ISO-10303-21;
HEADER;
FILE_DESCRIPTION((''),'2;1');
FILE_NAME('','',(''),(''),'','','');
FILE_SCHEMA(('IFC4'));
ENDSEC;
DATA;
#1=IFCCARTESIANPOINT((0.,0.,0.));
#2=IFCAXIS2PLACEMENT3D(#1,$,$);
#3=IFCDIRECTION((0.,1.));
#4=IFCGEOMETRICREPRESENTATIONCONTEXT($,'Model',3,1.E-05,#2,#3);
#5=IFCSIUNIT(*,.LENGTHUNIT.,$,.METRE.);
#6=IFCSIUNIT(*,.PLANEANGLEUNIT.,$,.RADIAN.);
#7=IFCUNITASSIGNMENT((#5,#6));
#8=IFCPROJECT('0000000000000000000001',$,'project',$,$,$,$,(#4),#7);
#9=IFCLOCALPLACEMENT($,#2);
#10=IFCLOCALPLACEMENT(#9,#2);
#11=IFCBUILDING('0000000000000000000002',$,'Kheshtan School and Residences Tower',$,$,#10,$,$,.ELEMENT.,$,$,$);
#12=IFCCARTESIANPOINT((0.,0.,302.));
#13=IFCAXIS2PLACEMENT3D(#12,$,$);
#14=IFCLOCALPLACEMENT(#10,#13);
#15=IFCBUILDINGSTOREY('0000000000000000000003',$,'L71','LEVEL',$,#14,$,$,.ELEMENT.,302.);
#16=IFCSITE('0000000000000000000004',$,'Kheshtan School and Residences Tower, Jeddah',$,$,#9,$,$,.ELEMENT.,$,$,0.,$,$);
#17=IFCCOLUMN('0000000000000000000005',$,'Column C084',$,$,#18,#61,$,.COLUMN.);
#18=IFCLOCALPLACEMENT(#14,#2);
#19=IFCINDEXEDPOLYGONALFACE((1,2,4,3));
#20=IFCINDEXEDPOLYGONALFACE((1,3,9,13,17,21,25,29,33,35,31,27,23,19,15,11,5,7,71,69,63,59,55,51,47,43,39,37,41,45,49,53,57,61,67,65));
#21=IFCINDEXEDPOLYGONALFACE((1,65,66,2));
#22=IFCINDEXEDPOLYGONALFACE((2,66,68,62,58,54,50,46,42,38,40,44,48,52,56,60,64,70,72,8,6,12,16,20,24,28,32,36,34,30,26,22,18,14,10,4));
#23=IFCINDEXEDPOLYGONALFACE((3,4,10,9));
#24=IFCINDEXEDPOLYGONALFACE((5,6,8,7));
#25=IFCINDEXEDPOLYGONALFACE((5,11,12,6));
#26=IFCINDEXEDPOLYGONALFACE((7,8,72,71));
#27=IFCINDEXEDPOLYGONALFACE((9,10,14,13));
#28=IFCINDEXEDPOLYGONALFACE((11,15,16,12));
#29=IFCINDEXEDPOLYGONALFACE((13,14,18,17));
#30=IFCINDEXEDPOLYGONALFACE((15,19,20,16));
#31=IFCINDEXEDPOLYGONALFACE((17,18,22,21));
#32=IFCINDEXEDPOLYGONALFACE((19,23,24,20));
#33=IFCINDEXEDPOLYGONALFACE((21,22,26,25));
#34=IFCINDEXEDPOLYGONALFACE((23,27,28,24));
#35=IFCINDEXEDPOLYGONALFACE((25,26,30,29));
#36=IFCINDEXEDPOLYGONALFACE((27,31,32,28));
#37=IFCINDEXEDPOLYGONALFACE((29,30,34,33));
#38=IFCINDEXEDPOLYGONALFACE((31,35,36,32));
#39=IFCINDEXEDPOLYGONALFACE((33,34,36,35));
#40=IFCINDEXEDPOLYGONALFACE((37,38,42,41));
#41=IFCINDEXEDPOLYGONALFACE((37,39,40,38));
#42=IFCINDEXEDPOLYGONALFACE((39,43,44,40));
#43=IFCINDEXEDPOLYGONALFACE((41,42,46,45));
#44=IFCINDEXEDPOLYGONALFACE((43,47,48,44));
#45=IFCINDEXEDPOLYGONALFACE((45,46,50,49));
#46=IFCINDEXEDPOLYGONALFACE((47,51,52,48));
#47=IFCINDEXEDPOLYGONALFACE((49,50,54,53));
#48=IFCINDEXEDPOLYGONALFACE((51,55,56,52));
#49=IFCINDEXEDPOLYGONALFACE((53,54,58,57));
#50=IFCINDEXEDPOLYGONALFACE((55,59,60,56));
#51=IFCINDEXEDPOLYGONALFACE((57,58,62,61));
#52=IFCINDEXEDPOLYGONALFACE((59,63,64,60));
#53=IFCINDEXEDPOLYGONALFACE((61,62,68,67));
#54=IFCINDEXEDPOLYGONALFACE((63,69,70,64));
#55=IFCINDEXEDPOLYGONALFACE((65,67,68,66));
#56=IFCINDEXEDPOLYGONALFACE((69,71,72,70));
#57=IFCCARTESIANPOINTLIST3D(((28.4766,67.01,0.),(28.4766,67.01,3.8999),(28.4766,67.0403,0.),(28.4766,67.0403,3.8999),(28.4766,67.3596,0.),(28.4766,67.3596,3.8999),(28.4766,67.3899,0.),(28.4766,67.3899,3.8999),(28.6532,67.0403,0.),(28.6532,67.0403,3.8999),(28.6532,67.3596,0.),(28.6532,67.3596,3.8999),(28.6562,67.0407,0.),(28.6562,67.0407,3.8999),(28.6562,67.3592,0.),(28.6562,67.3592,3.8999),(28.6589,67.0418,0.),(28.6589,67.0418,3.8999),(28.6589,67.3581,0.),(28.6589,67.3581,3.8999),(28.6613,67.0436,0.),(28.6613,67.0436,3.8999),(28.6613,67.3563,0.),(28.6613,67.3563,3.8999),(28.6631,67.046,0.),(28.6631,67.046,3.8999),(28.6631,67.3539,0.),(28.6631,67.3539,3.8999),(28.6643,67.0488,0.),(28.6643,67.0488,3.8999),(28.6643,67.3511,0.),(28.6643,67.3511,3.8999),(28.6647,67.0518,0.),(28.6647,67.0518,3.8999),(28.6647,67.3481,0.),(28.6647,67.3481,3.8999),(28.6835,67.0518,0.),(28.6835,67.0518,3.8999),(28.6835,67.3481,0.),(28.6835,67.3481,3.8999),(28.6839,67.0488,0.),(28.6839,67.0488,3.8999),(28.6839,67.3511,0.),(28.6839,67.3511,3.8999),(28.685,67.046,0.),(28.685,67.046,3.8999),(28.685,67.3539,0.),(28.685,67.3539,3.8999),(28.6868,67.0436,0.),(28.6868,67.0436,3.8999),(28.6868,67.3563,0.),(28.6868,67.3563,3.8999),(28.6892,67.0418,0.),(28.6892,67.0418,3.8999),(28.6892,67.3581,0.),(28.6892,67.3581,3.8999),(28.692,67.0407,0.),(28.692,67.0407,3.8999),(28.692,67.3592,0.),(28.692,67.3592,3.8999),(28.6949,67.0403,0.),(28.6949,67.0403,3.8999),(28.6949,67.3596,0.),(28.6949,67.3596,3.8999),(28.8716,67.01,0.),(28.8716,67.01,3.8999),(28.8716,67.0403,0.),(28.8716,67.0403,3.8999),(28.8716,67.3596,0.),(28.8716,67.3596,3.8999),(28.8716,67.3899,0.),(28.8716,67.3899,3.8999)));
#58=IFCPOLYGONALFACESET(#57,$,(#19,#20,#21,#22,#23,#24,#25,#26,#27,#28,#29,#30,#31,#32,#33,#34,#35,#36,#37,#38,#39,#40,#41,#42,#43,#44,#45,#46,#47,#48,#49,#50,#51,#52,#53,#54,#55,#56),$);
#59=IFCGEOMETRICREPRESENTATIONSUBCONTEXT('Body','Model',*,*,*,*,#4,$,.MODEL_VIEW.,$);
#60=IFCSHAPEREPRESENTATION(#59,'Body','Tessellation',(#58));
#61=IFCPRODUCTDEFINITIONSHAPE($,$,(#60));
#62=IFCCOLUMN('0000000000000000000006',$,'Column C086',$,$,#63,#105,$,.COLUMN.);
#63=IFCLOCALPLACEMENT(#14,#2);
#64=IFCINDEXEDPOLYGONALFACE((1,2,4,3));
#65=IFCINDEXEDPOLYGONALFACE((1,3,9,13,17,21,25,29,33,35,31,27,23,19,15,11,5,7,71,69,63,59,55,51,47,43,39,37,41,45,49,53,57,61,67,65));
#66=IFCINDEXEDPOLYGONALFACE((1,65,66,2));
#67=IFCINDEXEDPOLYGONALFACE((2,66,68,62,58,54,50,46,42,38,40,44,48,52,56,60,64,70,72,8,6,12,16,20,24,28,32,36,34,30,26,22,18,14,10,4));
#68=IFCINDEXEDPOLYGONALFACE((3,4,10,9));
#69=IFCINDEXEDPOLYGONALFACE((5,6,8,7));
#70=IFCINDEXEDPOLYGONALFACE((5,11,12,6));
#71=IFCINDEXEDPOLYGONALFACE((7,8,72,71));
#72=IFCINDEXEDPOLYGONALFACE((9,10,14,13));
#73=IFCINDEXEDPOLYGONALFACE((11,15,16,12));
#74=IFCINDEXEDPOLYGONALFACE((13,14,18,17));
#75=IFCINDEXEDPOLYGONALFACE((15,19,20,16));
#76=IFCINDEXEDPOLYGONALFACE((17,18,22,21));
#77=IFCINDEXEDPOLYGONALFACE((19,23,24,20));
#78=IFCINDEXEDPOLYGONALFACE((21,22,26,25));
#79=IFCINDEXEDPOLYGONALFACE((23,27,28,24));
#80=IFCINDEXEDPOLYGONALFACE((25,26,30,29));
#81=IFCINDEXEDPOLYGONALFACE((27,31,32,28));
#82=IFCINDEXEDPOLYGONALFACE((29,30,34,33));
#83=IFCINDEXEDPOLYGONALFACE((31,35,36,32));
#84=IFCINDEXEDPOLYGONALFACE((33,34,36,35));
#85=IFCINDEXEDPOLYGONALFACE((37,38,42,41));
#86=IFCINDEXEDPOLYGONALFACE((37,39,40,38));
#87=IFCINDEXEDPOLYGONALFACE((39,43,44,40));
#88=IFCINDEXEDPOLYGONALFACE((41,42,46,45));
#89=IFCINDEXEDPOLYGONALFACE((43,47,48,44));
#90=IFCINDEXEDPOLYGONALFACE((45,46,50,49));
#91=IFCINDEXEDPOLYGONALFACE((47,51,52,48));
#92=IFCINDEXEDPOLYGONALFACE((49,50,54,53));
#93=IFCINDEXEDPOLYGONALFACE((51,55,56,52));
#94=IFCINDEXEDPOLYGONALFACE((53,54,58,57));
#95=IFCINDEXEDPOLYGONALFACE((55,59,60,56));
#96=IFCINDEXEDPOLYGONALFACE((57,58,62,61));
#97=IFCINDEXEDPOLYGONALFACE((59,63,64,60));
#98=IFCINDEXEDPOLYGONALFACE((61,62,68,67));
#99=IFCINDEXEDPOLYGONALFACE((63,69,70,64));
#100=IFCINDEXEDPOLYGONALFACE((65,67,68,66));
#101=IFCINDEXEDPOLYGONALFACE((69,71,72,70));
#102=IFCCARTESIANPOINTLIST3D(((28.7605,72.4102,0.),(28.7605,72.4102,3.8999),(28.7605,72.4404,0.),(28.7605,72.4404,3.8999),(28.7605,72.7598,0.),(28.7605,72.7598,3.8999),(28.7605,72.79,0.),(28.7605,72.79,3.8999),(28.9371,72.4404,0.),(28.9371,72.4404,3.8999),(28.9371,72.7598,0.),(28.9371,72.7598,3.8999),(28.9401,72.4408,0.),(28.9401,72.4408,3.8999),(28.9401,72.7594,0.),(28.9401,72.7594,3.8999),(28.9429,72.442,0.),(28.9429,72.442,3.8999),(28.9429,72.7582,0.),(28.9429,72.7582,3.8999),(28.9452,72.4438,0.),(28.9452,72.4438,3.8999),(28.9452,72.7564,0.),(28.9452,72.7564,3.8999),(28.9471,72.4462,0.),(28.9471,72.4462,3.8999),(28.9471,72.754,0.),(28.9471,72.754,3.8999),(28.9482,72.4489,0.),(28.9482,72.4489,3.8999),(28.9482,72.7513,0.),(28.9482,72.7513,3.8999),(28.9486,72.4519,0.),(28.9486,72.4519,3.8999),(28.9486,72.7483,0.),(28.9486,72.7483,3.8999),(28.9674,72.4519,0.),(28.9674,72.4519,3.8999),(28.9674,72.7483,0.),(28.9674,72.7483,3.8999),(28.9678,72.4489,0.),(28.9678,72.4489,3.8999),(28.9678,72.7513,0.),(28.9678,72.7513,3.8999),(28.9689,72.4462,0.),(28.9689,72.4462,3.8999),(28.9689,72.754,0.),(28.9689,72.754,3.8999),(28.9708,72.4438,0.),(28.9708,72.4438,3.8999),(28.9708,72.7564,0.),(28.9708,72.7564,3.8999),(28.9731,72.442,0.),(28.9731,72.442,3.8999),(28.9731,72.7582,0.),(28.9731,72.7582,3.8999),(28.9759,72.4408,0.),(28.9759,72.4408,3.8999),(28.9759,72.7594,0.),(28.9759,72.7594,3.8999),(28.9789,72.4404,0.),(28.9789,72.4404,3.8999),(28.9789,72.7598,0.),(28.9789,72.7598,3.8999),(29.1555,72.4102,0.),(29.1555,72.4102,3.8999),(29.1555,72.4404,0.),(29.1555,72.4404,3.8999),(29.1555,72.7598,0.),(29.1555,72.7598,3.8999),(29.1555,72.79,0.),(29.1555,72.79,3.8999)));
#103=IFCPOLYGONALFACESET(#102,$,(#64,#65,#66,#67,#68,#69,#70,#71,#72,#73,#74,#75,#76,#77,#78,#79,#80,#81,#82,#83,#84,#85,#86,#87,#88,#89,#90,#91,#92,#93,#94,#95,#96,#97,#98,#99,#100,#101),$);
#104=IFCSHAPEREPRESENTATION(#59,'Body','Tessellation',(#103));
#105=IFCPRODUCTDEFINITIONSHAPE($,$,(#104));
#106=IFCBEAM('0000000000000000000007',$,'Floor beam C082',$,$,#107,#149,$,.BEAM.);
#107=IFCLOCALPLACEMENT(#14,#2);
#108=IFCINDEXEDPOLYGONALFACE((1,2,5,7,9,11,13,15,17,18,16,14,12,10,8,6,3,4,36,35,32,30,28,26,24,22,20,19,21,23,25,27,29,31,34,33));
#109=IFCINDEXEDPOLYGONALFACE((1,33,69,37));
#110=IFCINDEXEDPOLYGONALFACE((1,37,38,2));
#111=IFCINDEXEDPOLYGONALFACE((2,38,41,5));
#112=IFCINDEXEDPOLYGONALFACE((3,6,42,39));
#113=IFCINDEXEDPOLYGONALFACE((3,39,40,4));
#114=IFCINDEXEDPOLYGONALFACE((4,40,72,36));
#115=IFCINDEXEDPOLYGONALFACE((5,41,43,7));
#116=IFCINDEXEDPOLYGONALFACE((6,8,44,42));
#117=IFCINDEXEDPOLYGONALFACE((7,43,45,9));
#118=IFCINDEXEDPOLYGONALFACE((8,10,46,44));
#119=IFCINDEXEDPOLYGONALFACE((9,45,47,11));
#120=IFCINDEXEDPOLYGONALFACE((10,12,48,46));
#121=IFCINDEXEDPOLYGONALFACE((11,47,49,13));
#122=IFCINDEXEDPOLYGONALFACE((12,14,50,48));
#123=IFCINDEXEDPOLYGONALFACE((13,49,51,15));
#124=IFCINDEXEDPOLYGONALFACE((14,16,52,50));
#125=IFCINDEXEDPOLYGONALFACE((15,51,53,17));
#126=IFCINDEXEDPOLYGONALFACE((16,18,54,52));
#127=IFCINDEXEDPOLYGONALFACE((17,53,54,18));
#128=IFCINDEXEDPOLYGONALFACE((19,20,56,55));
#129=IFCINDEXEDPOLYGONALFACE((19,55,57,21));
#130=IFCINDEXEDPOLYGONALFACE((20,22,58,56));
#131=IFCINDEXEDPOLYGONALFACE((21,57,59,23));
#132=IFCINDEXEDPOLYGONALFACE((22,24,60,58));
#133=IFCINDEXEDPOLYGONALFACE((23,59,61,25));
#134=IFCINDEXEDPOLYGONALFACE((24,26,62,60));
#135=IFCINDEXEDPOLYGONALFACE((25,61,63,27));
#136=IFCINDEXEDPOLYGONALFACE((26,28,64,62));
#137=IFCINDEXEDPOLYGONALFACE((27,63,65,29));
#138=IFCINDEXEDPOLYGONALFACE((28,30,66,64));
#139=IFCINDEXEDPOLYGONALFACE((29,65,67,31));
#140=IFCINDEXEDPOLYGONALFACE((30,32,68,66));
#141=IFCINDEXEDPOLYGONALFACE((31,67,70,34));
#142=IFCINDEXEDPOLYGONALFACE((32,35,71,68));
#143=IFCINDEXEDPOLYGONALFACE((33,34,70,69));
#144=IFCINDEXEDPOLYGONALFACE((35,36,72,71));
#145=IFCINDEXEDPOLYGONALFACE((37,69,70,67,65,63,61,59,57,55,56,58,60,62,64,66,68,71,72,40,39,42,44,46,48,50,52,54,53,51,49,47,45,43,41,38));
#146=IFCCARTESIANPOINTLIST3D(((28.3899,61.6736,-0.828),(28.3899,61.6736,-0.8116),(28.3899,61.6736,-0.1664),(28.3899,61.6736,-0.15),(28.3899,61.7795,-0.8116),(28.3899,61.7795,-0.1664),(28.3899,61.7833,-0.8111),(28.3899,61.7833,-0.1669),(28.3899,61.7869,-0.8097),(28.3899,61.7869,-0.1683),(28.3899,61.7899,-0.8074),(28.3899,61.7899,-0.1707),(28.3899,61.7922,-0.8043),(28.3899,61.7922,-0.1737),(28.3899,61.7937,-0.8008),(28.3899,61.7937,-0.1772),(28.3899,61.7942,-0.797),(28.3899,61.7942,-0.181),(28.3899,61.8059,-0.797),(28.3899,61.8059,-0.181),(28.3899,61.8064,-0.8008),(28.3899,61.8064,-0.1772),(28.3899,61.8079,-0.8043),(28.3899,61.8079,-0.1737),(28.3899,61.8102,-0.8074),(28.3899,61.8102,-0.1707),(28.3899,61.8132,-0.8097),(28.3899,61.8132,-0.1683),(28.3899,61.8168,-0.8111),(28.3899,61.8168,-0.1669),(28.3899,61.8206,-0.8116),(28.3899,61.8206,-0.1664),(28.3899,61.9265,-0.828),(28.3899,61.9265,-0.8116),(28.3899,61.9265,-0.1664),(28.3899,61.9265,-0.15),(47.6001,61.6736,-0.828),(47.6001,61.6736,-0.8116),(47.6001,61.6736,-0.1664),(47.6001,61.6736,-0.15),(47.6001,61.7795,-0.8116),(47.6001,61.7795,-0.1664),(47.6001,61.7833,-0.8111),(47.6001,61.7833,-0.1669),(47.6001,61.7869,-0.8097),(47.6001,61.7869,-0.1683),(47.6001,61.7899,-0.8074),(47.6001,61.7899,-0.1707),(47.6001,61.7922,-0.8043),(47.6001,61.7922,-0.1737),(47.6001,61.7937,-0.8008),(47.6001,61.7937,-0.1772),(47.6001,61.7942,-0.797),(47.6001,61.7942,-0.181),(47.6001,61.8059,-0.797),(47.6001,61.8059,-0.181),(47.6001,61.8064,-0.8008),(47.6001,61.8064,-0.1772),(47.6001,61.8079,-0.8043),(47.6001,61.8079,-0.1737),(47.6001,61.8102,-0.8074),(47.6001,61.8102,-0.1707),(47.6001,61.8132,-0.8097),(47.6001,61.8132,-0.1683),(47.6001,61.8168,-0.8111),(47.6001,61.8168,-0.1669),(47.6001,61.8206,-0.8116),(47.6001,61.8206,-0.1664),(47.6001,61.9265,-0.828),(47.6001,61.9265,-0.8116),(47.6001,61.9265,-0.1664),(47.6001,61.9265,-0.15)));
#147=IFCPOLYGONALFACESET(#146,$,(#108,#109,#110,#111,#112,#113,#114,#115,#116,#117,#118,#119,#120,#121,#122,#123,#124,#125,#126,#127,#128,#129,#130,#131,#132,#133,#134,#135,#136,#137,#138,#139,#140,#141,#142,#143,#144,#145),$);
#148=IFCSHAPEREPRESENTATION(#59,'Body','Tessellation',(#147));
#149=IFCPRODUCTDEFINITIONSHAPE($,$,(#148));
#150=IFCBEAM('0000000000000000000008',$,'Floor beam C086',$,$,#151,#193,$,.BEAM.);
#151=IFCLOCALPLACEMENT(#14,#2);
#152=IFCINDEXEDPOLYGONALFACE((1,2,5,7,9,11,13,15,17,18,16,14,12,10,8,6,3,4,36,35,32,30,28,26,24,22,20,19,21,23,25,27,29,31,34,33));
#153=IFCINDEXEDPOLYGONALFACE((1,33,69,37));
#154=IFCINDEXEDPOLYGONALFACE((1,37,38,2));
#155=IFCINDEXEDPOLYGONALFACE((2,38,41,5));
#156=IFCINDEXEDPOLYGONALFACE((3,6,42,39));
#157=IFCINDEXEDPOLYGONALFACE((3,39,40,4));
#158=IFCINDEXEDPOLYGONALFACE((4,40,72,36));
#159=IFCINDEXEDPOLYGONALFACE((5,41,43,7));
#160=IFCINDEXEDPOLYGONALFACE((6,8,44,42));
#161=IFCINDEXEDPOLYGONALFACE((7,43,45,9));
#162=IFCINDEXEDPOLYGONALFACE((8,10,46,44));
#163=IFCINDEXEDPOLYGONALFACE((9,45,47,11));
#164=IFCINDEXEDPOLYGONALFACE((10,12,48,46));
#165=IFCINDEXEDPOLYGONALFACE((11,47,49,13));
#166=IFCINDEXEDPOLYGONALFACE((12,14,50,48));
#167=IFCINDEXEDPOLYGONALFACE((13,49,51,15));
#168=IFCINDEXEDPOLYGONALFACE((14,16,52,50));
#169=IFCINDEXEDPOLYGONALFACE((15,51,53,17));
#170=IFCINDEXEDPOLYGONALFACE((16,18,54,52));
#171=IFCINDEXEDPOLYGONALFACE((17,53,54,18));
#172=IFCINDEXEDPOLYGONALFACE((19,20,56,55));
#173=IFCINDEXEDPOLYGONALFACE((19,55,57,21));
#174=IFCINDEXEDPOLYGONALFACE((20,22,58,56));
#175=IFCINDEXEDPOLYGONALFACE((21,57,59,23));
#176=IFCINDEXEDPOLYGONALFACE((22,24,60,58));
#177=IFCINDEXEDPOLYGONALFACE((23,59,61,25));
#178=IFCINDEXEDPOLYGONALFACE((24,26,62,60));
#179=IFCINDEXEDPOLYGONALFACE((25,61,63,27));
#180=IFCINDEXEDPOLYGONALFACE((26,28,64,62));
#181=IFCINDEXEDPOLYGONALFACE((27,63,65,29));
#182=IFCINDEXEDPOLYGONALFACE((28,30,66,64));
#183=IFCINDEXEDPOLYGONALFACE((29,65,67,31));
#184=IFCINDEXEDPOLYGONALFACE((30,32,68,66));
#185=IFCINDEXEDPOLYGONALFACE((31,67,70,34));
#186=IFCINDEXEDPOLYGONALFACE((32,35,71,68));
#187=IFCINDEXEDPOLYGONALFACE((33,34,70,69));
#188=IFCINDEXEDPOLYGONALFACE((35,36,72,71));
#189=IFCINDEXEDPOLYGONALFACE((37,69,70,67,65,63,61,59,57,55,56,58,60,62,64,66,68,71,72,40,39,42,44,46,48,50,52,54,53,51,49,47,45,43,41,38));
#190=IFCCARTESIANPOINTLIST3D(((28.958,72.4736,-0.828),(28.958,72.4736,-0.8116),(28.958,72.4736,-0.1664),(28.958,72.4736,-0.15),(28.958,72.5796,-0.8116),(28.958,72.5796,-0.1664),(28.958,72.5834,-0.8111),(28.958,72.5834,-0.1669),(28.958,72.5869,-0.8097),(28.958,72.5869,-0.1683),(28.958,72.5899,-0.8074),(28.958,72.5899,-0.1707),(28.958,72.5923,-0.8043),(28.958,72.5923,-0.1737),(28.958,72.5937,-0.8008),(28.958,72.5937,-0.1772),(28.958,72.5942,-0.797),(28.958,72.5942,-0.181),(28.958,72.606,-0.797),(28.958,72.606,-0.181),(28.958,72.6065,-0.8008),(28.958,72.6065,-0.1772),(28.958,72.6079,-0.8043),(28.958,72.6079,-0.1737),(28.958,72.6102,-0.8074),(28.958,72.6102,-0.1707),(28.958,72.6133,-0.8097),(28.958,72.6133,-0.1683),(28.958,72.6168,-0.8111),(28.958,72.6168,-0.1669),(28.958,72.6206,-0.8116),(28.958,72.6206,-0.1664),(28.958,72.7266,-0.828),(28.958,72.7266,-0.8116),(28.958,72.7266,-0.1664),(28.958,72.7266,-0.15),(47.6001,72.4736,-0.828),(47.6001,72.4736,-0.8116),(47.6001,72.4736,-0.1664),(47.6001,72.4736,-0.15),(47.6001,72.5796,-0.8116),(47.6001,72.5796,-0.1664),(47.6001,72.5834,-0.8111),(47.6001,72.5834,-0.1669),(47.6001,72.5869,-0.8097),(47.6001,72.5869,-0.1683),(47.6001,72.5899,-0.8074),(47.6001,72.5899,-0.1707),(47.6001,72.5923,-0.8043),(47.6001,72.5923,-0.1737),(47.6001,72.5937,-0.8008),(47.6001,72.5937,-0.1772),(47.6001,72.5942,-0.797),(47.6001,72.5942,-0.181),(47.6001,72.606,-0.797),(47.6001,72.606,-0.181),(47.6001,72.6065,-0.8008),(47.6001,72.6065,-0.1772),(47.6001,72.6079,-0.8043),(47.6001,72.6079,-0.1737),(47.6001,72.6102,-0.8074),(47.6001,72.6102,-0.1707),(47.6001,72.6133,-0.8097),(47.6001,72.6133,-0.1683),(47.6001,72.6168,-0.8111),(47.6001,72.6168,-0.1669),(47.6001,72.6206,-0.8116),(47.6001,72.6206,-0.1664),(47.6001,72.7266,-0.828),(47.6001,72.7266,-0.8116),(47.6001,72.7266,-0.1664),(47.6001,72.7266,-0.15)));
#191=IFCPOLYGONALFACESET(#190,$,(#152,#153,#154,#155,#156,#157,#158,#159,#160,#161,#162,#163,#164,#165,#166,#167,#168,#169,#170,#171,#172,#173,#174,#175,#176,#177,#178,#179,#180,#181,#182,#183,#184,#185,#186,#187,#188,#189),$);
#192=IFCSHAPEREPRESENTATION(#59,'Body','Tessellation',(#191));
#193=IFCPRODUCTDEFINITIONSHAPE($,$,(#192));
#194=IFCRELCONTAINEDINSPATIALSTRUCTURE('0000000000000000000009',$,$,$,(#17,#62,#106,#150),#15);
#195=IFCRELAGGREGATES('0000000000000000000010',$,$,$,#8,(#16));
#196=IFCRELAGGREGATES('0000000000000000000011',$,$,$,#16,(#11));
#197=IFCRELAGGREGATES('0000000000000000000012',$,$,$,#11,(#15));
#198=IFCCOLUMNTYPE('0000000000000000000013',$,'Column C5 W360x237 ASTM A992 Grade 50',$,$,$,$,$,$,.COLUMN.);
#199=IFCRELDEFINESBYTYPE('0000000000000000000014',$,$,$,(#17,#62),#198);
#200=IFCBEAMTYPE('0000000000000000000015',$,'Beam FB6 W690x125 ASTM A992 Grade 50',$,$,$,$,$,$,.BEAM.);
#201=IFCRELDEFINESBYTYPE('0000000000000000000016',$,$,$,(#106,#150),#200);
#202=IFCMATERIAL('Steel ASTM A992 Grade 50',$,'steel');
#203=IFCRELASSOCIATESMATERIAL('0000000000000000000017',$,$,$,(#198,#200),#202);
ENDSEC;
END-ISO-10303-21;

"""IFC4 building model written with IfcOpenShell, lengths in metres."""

from ifc_helpers import new_model, si_unit, direction, frame, origin, origin_2d, place, context, subcontext, project, spatial, i_section, extrude, material, material_profile, profile_set, type_object, element, save


model = new_model("IFC4")

# Units and contexts
model_context = context("Model", 3, precision=1e-05, world=origin(), true_north=direction((0.0, 1.0)))
body_context = subcontext(model_context, "Body", "Model", "MODEL_VIEW")
ifc_project = project(units=[si_unit("LENGTHUNIT", "METRE"), si_unit("PLANEANGLEUNIT", "RADIAN")], contexts=[model_context])

# Site, building, storey
site_placement = place(None, origin())
site = spatial("IfcSite", under=ifc_project, at=site_placement, Name="Kheshtan School and Residences Tower, Jeddah", CompositionType="ELEMENT", RefElevation=0.0)
building_placement = place(site_placement, origin())
building = spatial("IfcBuilding", under=site, at=building_placement, Name="Kheshtan School and Residences Tower", CompositionType="ELEMENT")
storey_placement = place(building_placement, frame((0.0, 0.0, 302.0)))
storey = spatial("IfcBuildingStorey", under=building, at=storey_placement, Name="L71", Description="LEVEL", CompositionType="ELEMENT", Elevation=302.0)

# Columns
ifc_material_1 = material(Name="Steel ASTM A992 Grade 50", Category="steel")
ifc_material_profile_1 = material_profile(ifc_material_1, i_section(OverallWidth=0.395, OverallDepth=0.3799, WebThickness=0.0188, FlangeThickness=0.0303, FilletRadius=0.0115, at=origin_2d()), Name="W360x237")
ifc_profile_set_1 = profile_set([ifc_material_profile_1], Name="Steel ASTM A992 Grade 50")
column_type = type_object("IfcColumnType", Name="Column C5 W360x237 ASTM A992 Grade 50", PredefinedType="COLUMN", material=ifc_profile_set_1)
for number, where, z_axis, x_axis, name in (
    (1, (28.6741, 67.2, 0.0), (0.0, 0.0, 1.0), (1.0, 0.0, 0.0), "Column C084"),
    (2, (28.958, 72.6001, 0.0), (0.0, 0.0, 1.0), (1.0, 0.0, 0.0), "Column C086"),
):
    element("IfcColumn", number, at=place(storey_placement, frame(where, z_axis=z_axis, x_axis=x_axis)), inside=storey, type_object=column_type, Name=name, PredefinedType="COLUMN", context=body_context, shape_type="SweptSolid", body=[
        extrude(i_section(OverallWidth=0.395, OverallDepth=0.3799, WebThickness=0.0188, FlangeThickness=0.0303, FilletRadius=0.0115, at=origin_2d()), origin(), (0.0, 0.0, 1.0), 3.8999),
    ])

# Beams
ifc_material_profile_2 = material_profile(ifc_material_1, i_section(OverallWidth=0.2529, OverallDepth=0.678, WebThickness=0.0117, FlangeThickness=0.0164, FilletRadius=0.0146, at=origin_2d()), Name="W690x125")
ifc_profile_set_2 = profile_set([ifc_material_profile_2], Name="Steel ASTM A992 Grade 50")
beam_type_1 = type_object("IfcBeamType", Name="Beam FB6 W690x125 ASTM A992 Grade 50", PredefinedType="BEAM", material=ifc_profile_set_2)
beam_1_placement = place(storey_placement, frame((28.3899, 61.8, -0.489), z_axis=(1.0, 0.0, 0.0), x_axis=(0.0, 1.0, 0.0)))
element("IfcBeam", 3, at=beam_1_placement, inside=storey, type_object=beam_type_1, Name="Floor beam C082", PredefinedType="BEAM", context=body_context, shape_type="SweptSolid", body=[
    extrude(i_section(OverallWidth=0.2529, OverallDepth=0.678, WebThickness=0.0117, FlangeThickness=0.0164, FilletRadius=0.0146, at=origin_2d()), origin(), (0.0, 0.0, 1.0), 19.2102),
])
beam_2_placement = place(storey_placement, frame((28.958, 72.6001, -0.489), z_axis=(1.0, 0.0, 0.0), x_axis=(0.0, 1.0, 0.0)))
element("IfcBeam", 4, at=beam_2_placement, inside=storey, type_object=beam_type_1, Name="Floor beam C086", PredefinedType="BEAM", context=body_context, shape_type="SweptSolid", body=[
    extrude(i_section(OverallWidth=0.2529, OverallDepth=0.678, WebThickness=0.0117, FlangeThickness=0.0164, FilletRadius=0.0146, at=origin_2d()), origin(), (0.0, 0.0, 1.0), 18.6421),
])

save(model, "model.ifc")
